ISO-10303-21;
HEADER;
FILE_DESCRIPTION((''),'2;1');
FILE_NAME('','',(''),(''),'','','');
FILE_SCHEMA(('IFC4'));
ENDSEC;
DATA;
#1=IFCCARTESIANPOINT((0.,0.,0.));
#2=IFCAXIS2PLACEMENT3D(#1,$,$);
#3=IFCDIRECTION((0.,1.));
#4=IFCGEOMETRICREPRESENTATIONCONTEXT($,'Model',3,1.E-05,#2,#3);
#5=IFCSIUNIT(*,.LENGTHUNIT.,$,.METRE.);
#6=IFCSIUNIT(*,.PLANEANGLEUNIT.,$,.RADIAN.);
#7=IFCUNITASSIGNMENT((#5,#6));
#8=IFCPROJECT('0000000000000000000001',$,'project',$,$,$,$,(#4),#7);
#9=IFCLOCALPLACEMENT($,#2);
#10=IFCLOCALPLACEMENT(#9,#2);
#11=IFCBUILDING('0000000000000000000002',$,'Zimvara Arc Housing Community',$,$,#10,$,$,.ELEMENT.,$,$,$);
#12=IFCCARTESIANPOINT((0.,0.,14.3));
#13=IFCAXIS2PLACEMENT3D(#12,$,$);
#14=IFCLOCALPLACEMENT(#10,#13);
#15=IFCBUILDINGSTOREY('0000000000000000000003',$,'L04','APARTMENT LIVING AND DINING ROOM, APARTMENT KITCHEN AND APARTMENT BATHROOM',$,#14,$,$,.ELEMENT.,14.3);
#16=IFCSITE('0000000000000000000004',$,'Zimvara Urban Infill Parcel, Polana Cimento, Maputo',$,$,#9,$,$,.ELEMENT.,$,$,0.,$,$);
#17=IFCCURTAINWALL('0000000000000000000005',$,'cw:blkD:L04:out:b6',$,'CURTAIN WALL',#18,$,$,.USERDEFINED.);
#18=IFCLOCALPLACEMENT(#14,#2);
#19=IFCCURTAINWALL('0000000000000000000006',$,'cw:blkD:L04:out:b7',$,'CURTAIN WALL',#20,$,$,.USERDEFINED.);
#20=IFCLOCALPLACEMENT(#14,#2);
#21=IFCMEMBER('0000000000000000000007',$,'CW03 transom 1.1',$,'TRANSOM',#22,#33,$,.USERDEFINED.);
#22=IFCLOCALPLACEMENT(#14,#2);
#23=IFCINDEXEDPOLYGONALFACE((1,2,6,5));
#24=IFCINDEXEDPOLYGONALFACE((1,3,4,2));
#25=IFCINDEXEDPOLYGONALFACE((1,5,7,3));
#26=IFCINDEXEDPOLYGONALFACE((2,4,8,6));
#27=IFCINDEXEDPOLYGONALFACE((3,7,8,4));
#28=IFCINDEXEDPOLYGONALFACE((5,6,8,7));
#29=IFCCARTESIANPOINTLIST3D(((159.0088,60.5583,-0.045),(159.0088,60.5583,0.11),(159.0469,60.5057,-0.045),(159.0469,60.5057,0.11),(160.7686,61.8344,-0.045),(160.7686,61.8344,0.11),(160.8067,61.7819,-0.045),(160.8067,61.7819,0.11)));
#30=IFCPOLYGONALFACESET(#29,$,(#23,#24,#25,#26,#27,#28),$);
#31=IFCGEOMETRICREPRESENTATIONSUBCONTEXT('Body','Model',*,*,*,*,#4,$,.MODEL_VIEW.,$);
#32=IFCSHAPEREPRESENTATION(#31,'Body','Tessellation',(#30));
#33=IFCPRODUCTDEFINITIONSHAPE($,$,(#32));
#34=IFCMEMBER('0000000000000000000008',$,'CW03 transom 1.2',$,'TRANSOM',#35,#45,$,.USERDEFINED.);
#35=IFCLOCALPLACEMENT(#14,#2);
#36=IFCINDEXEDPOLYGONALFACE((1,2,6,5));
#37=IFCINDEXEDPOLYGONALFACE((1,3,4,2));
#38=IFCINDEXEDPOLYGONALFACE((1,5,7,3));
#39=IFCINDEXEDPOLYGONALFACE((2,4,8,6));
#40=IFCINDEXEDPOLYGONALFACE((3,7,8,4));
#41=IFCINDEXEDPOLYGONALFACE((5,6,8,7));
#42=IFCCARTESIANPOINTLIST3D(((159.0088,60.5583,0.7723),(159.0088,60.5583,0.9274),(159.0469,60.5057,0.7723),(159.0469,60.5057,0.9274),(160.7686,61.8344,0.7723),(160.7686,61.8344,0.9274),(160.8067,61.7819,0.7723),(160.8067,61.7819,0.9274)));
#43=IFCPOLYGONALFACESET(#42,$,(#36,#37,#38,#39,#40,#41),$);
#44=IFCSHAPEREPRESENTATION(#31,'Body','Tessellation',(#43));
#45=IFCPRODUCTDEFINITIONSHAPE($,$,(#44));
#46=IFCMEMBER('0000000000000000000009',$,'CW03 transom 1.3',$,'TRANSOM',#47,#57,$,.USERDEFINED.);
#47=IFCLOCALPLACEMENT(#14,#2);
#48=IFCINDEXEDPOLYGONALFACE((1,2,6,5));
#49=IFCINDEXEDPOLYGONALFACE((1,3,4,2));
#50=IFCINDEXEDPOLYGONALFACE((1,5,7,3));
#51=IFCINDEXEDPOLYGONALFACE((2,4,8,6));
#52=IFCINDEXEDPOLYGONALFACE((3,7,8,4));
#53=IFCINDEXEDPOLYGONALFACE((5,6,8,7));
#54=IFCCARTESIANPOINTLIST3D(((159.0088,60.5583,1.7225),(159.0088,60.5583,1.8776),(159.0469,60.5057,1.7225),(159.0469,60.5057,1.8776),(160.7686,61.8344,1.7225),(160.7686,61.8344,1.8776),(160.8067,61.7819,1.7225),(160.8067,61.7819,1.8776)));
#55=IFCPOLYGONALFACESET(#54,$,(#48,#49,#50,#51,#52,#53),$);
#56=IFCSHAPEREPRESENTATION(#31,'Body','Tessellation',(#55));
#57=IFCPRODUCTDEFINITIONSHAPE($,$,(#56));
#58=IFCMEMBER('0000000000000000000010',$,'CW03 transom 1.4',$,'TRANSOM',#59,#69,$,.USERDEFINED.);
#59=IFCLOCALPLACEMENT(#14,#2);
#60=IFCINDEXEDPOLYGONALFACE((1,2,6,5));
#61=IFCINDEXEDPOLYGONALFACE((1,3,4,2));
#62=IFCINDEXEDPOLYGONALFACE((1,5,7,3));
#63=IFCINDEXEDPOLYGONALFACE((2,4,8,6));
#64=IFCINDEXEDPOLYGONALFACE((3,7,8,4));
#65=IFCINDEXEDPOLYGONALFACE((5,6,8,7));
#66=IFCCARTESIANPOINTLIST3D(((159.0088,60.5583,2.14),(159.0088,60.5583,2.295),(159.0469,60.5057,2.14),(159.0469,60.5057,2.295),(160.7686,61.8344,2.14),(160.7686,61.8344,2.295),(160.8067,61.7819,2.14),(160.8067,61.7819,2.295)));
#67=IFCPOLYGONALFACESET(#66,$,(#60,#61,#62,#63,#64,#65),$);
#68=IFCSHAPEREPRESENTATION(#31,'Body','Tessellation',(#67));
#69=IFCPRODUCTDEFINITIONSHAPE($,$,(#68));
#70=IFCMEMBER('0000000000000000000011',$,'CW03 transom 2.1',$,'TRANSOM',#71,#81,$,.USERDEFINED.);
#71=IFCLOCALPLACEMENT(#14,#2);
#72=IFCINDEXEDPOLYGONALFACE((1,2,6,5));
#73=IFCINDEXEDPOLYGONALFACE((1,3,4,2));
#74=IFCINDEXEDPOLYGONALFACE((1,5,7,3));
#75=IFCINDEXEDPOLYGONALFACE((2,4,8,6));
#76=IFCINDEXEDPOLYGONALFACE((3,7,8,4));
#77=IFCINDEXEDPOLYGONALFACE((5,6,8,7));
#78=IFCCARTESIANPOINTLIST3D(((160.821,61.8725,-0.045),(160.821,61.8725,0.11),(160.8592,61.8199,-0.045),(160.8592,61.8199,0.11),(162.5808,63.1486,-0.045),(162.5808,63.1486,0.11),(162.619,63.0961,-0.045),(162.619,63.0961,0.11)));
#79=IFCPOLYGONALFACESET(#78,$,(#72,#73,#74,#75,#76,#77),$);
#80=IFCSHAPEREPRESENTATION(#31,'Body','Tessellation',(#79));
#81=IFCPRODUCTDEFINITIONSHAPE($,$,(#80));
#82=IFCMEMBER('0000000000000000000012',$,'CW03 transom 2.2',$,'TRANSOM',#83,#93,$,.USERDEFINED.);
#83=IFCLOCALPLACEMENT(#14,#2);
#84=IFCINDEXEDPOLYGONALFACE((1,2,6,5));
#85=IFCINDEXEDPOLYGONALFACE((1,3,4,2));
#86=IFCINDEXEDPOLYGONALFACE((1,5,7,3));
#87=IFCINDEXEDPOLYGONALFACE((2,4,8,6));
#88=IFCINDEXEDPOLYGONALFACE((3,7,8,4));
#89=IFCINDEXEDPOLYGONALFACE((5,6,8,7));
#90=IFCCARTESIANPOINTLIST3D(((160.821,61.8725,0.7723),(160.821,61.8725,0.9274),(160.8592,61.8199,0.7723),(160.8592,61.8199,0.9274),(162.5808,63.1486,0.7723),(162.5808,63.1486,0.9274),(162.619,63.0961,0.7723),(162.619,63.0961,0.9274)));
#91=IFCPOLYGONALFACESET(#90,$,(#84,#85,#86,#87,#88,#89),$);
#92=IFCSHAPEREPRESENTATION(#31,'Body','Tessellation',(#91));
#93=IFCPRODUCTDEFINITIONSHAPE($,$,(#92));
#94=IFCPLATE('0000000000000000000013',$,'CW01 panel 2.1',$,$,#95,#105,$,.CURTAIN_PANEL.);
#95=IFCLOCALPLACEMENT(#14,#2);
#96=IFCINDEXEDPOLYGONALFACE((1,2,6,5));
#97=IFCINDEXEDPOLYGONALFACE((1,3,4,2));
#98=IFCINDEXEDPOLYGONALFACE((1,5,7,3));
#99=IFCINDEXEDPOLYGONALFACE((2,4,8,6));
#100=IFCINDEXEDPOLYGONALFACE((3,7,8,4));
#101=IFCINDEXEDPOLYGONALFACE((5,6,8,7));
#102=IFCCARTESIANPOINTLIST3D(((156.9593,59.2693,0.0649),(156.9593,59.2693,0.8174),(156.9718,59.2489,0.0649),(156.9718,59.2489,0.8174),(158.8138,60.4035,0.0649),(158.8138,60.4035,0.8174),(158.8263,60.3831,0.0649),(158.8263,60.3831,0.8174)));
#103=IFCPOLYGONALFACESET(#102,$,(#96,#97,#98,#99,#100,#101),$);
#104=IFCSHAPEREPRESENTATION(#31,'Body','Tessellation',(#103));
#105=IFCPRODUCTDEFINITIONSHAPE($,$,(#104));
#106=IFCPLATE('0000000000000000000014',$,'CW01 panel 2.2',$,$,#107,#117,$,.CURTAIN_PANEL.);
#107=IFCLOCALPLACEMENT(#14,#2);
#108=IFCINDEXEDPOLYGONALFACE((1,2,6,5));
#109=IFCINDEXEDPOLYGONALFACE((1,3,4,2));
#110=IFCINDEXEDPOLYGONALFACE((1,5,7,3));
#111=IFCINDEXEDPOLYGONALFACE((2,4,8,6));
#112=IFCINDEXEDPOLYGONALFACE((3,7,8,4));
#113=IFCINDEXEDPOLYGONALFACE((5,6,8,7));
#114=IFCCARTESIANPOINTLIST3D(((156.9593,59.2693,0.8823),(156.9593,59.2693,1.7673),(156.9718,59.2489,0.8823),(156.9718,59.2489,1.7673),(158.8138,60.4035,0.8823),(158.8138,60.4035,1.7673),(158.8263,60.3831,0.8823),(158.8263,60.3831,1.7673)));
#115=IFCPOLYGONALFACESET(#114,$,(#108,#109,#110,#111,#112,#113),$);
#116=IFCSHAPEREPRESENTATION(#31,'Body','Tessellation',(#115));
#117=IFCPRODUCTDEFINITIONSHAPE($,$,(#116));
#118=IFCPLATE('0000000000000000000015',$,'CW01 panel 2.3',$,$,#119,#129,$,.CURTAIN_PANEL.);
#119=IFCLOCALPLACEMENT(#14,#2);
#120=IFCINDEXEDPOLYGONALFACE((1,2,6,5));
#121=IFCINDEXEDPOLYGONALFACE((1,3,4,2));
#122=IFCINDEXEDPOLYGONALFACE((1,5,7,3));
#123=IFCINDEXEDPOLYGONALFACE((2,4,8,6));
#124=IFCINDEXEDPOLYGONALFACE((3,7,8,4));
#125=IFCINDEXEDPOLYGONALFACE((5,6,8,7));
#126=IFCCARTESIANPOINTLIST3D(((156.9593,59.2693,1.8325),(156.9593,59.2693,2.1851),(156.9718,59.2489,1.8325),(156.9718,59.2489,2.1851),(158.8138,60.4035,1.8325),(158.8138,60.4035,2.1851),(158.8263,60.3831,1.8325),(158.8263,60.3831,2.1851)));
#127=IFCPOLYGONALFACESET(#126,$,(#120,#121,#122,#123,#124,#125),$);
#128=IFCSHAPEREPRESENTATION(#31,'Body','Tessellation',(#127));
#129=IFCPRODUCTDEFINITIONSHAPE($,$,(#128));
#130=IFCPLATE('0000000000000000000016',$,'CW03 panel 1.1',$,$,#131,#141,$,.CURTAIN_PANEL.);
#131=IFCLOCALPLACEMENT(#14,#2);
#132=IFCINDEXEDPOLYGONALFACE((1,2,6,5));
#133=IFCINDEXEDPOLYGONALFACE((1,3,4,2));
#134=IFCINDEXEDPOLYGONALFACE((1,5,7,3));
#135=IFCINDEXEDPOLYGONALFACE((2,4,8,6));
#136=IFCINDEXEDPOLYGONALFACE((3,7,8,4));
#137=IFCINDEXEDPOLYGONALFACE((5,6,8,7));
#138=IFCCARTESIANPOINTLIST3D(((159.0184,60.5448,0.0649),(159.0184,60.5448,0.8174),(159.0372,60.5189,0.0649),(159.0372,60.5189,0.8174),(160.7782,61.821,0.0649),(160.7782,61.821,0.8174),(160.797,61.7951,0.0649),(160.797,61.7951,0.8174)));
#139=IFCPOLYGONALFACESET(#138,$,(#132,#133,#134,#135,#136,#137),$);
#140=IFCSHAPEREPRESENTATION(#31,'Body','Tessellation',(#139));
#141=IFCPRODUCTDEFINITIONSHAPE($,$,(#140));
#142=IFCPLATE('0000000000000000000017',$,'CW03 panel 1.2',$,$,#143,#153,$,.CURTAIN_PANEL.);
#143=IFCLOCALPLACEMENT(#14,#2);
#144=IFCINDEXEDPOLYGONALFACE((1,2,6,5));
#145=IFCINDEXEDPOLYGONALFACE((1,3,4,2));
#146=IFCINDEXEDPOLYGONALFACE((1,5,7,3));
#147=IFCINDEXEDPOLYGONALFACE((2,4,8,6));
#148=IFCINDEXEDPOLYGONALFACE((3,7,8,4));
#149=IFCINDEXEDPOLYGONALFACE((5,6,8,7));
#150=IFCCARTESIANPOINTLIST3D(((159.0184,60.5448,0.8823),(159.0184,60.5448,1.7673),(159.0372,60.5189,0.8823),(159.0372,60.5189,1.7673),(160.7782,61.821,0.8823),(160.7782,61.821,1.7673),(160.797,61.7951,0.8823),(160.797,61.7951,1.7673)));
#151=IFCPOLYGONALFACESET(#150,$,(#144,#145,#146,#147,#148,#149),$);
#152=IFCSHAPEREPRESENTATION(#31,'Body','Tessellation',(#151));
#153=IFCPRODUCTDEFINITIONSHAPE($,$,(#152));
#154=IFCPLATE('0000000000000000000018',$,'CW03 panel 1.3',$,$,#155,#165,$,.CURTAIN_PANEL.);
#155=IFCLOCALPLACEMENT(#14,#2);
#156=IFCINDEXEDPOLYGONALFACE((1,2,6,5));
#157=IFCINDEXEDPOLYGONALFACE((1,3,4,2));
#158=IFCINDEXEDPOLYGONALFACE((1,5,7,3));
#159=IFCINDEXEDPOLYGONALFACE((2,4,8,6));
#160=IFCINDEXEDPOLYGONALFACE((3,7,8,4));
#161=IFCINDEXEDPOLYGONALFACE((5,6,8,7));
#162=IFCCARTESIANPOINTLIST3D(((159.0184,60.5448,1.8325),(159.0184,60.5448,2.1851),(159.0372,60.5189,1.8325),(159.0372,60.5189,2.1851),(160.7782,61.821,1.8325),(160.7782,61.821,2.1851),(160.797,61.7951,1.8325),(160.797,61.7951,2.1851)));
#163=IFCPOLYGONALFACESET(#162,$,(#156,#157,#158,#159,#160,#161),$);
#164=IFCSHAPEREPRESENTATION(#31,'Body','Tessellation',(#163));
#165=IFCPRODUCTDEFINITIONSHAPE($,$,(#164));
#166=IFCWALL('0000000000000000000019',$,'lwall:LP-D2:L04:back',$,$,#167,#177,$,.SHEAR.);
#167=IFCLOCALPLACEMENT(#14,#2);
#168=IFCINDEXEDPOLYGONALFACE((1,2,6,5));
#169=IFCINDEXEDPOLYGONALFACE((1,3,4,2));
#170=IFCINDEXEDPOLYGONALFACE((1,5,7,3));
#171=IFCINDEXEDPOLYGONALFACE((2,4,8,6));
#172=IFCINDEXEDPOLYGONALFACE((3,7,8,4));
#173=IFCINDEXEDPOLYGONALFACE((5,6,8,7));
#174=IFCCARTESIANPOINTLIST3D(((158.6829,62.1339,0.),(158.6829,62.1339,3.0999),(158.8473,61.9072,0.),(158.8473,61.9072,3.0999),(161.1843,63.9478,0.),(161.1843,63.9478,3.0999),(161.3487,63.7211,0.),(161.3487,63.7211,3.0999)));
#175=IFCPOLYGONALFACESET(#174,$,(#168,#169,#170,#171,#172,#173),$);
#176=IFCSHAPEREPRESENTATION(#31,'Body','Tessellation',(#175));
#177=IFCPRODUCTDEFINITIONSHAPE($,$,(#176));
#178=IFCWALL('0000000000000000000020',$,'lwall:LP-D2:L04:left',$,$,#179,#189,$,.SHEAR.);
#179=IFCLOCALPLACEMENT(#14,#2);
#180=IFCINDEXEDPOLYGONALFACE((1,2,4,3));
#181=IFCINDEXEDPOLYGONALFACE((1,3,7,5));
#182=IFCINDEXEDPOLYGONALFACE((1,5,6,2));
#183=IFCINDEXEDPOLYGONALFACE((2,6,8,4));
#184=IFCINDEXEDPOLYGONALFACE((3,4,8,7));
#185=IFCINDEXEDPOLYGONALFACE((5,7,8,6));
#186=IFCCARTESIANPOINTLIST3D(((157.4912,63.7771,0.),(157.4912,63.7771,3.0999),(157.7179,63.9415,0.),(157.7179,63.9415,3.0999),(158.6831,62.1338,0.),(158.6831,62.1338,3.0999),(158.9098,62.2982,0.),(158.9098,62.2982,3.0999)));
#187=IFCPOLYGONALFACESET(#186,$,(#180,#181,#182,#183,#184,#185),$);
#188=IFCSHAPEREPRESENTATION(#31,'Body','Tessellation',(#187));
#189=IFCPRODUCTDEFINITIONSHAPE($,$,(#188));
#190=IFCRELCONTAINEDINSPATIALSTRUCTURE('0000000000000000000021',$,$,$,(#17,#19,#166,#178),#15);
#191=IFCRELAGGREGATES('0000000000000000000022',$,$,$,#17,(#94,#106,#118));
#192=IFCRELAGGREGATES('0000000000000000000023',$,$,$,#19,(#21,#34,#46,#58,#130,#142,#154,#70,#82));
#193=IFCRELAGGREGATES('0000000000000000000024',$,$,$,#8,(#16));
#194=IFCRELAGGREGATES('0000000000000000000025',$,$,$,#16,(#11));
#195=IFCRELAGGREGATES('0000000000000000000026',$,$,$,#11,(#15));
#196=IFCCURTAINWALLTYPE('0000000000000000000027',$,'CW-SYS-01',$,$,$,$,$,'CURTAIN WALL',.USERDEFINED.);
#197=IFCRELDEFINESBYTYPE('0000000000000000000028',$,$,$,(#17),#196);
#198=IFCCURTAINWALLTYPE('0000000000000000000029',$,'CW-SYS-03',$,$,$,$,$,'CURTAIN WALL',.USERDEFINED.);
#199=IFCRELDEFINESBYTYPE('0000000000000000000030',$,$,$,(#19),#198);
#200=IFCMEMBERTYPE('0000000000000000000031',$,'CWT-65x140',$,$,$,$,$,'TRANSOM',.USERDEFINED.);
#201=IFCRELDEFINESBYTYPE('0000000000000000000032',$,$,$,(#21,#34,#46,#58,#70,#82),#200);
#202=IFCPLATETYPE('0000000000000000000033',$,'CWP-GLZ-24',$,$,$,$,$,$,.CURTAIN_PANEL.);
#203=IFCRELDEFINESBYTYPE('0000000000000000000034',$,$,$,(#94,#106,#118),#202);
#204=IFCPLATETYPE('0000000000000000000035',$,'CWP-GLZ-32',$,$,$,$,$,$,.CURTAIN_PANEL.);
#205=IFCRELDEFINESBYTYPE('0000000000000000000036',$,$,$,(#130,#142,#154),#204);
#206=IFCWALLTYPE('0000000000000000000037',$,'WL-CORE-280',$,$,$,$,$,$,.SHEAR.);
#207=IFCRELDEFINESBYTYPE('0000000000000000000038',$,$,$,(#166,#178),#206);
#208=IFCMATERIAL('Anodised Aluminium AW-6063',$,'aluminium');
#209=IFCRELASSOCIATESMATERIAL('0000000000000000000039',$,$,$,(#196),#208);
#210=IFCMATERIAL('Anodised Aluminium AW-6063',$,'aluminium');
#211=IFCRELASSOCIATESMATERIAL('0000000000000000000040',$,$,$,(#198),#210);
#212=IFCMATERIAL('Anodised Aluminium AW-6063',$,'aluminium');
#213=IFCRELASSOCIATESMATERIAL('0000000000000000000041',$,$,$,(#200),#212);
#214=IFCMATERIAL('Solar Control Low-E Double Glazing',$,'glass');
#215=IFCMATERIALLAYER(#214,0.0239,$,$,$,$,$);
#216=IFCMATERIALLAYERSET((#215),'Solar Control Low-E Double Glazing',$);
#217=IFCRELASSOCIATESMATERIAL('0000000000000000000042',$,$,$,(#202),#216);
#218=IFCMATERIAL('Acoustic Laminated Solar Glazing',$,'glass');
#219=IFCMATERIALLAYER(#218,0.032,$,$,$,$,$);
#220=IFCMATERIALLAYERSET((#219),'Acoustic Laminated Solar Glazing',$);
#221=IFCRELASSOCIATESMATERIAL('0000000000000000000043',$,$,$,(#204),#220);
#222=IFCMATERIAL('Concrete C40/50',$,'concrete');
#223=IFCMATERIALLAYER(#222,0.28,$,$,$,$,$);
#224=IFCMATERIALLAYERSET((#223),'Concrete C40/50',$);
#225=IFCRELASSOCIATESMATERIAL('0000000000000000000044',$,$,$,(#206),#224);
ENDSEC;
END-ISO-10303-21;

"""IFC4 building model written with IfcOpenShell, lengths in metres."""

from ifc_helpers import new_model, si_unit, direction, frame, frame_2d, origin, origin_2d, place, context, subcontext, project, spatial, rectangle, extrude, material, layer, layer_set, material_profile, profile_set, type_object, element, aggregate, save


model = new_model("IFC4")

# Units and contexts
model_context = context("Model", 3, precision=1e-05, world=origin(), true_north=direction((0.0, 1.0)))
body_context = subcontext(model_context, "Body", "Model", "MODEL_VIEW")
ifc_project = project(units=[si_unit("LENGTHUNIT", "METRE"), si_unit("PLANEANGLEUNIT", "RADIAN")], contexts=[model_context])

# Site, building, storey
site_placement = place(None, origin())
site = spatial("IfcSite", under=ifc_project, at=site_placement, Name="Zimvara Urban Infill Parcel, Polana Cimento, Maputo", CompositionType="ELEMENT", RefElevation=0.0)
building_placement = place(site_placement, origin())
building = spatial("IfcBuilding", under=site, at=building_placement, Name="Zimvara Arc Housing Community", CompositionType="ELEMENT")
storey_placement = place(building_placement, frame((0.0, 0.0, 14.3)))
storey = spatial("IfcBuildingStorey", under=building, at=storey_placement, Name="L04", Description="APARTMENT LIVING AND DINING ROOM, APARTMENT KITCHEN AND APARTMENT BATHROOM", CompositionType="ELEMENT", Elevation=14.3)

# Curtain walls
ifc_material_1 = material(Name="Anodised Aluminium AW-6063", Category="aluminium")
curtain_wall_type_1 = type_object("IfcCurtainWallType", Name="CW-SYS-01", ElementType="CURTAIN WALL", PredefinedType="USERDEFINED", material=ifc_material_1)
curtain_wall_1_placement = place(storey_placement, origin())
curtain_wall_1 = element("IfcCurtainWall", 1, at=curtain_wall_1_placement, inside=storey, type_object=curtain_wall_type_1, Name="cw:blkD:L04:out:b6", ObjectType="CURTAIN WALL", PredefinedType="USERDEFINED")
ifc_material_2 = material(Name="Anodised Aluminium AW-6063", Category="aluminium")
curtain_wall_type_2 = type_object("IfcCurtainWallType", Name="CW-SYS-03", ElementType="CURTAIN WALL", PredefinedType="USERDEFINED", material=ifc_material_2)
curtain_wall_2_placement = place(storey_placement, origin())
curtain_wall_2 = element("IfcCurtainWall", 2, at=curtain_wall_2_placement, inside=storey, type_object=curtain_wall_type_2, Name="cw:blkD:L04:out:b7", ObjectType="CURTAIN WALL", PredefinedType="USERDEFINED")

# Members
ifc_material_3 = material(Name="Anodised Aluminium AW-6063", Category="aluminium")
ifc_material_profile_1 = material_profile(ifc_material_3, rectangle(XDim=0.0649, YDim=0.155, at=origin_2d()), Name="ALU 65x155")
ifc_profile_set_1 = profile_set([ifc_material_profile_1], Name="Anodised Aluminium AW-6063")
member_type_1 = type_object("IfcMemberType", Name="CWT-65x140", ElementType="TRANSOM", PredefinedType="USERDEFINED", material=ifc_profile_set_1)
member_1_placement = place(storey_placement, frame((159.0278, 60.532, 0.0325), z_axis=(0.809546, 0.587056, 0.0), x_axis=(-0.587056, 0.809546, 0.0)))
member_1 = element("IfcMember", 3, at=member_1_placement, type_object=member_type_1, Name="CW03 transom 1.1", ObjectType="TRANSOM", PredefinedType="USERDEFINED", context=body_context, shape_type="SweptSolid", body=[
    extrude(rectangle(XDim=0.0649, YDim=0.155, at=origin_2d()), origin(), (0.0, 0.0, 1.0), 2.1738),
])
member_2_placement = place(storey_placement, frame((159.0278, 60.532, 0.8499), z_axis=(0.809546, 0.587056, 0.0), x_axis=(-0.587056, 0.809546, 0.0)))
member_2 = element("IfcMember", 4, at=member_2_placement, type_object=member_type_1, Name="CW03 transom 1.2", ObjectType="TRANSOM", PredefinedType="USERDEFINED", context=body_context, shape_type="SweptSolid", body=[
    extrude(rectangle(XDim=0.0649, YDim=0.155, at=origin_2d()), origin(), (0.0, 0.0, 1.0), 2.1738),
])
member_3_placement = place(storey_placement, frame((159.0278, 60.532, 1.8), z_axis=(0.809546, 0.587056, 0.0), x_axis=(-0.587056, 0.809546, 0.0)))
member_3 = element("IfcMember", 5, at=member_3_placement, type_object=member_type_1, Name="CW03 transom 1.3", ObjectType="TRANSOM", PredefinedType="USERDEFINED", context=body_context, shape_type="SweptSolid", body=[
    extrude(rectangle(XDim=0.0649, YDim=0.155, at=origin_2d()), origin(), (0.0, 0.0, 1.0), 2.1738),
])
member_4_placement = place(storey_placement, frame((159.0278, 60.532, 2.2175), z_axis=(0.809546, 0.587056, 0.0), x_axis=(-0.587056, 0.809546, 0.0)))
member_4 = element("IfcMember", 6, at=member_4_placement, type_object=member_type_1, Name="CW03 transom 1.4", ObjectType="TRANSOM", PredefinedType="USERDEFINED", context=body_context, shape_type="SweptSolid", body=[
    extrude(rectangle(XDim=0.0649, YDim=0.155, at=origin_2d()), origin(), (0.0, 0.0, 1.0), 2.1738),
])
member_5_placement = place(storey_placement, frame((160.8401, 61.8462, 0.0325), z_axis=(0.809546, 0.587056, 0.0), x_axis=(-0.587056, 0.809546, 0.0)))
member_5 = element("IfcMember", 7, at=member_5_placement, type_object=member_type_1, Name="CW03 transom 2.1", ObjectType="TRANSOM", PredefinedType="USERDEFINED", context=body_context, shape_type="SweptSolid", body=[
    extrude(rectangle(XDim=0.0649, YDim=0.155, at=origin_2d()), origin(), (0.0, 0.0, 1.0), 2.1738),
])
member_6_placement = place(storey_placement, frame((160.8401, 61.8462, 0.8499), z_axis=(0.809546, 0.587056, 0.0), x_axis=(-0.587056, 0.809546, 0.0)))
member_6 = element("IfcMember", 8, at=member_6_placement, type_object=member_type_1, Name="CW03 transom 2.2", ObjectType="TRANSOM", PredefinedType="USERDEFINED", context=body_context, shape_type="SweptSolid", body=[
    extrude(rectangle(XDim=0.0649, YDim=0.155, at=origin_2d()), origin(), (0.0, 0.0, 1.0), 2.1738),
])

# Plates
ifc_material_4 = material(Name="Solar Control Low-E Double Glazing", Category="glass")
ifc_layer_1 = layer(ifc_material_4, 0.0239)
ifc_layer_set_1 = layer_set([ifc_layer_1], Name="Solar Control Low-E Double Glazing")
plate_type_1 = type_object("IfcPlateType", Name="CWP-GLZ-24", PredefinedType="CURTAIN_PANEL", material=ifc_layer_set_1)
plate_1_placement = place(storey_placement, frame((157.8928, 59.8262, 0.0649), z_axis=(0.0, 0.0, 1.0), x_axis=(0.853096, 0.521754, 0.0)))
plate_1 = element("IfcPlate", 9, at=plate_1_placement, type_object=plate_type_1, Name="CW01 panel 2.1", PredefinedType="CURTAIN_PANEL", context=body_context, shape_type="SweptSolid", body=[
    extrude(rectangle(XDim=2.1738, YDim=0.0239, at=origin_2d()), origin(), (0.0, 0.0, 1.0), 0.7524),
])
plate_2_placement = place(storey_placement, frame((157.8928, 59.8262, 0.8823), z_axis=(0.0, 0.0, 1.0), x_axis=(0.853096, 0.521754, 0.0)))
plate_2 = element("IfcPlate", 10, at=plate_2_placement, type_object=plate_type_1, Name="CW01 panel 2.2", PredefinedType="CURTAIN_PANEL", context=body_context, shape_type="SweptSolid", body=[
    extrude(rectangle(XDim=2.1738, YDim=0.0239, at=origin_2d()), origin(), (0.0, 0.0, 1.0), 0.885),
])
plate_3_placement = place(storey_placement, frame((157.8928, 59.8262, 1.8325), z_axis=(0.0, 0.0, 1.0), x_axis=(0.853096, 0.521754, 0.0)))
plate_3 = element("IfcPlate", 11, at=plate_3_placement, type_object=plate_type_1, Name="CW01 panel 2.3", PredefinedType="CURTAIN_PANEL", context=body_context, shape_type="SweptSolid", body=[
    extrude(rectangle(XDim=2.1738, YDim=0.0239, at=origin_2d()), origin(), (0.0, 0.0, 1.0), 0.3525),
])
aggregate(curtain_wall_1, [plate_1, plate_2, plate_3])
ifc_material_5 = material(Name="Acoustic Laminated Solar Glazing", Category="glass")
ifc_layer_2 = layer(ifc_material_5, 0.032)
ifc_layer_set_2 = layer_set([ifc_layer_2], Name="Acoustic Laminated Solar Glazing")
plate_type_2 = type_object("IfcPlateType", Name="CWP-GLZ-32", PredefinedType="CURTAIN_PANEL", material=ifc_layer_set_2)
plate_4_placement = place(storey_placement, frame((159.9077, 61.1699, 0.0649), z_axis=(0.0, 0.0, 1.0), x_axis=(0.80953, 0.587078, 0.0)))
plate_4 = element("IfcPlate", 12, at=plate_4_placement, type_object=plate_type_2, Name="CW03 panel 1.1", PredefinedType="CURTAIN_PANEL", context=body_context, shape_type="SweptSolid", body=[
    extrude(rectangle(XDim=2.1738, YDim=0.032, at=origin_2d()), origin(), (0.0, 0.0, 1.0), 0.7524),
])
plate_5_placement = place(storey_placement, frame((159.9077, 61.1699, 0.8823), z_axis=(0.0, 0.0, 1.0), x_axis=(0.80953, 0.587078, 0.0)))
plate_5 = element("IfcPlate", 13, at=plate_5_placement, type_object=plate_type_2, Name="CW03 panel 1.2", PredefinedType="CURTAIN_PANEL", context=body_context, shape_type="SweptSolid", body=[
    extrude(rectangle(XDim=2.1738, YDim=0.032, at=origin_2d()), origin(), (0.0, 0.0, 1.0), 0.885),
])
plate_6_placement = place(storey_placement, frame((159.9077, 61.1699, 1.8325), z_axis=(0.0, 0.0, 1.0), x_axis=(0.80953, 0.587078, 0.0)))
plate_6 = element("IfcPlate", 14, at=plate_6_placement, type_object=plate_type_2, Name="CW03 panel 1.3", PredefinedType="CURTAIN_PANEL", context=body_context, shape_type="SweptSolid", body=[
    extrude(rectangle(XDim=2.1738, YDim=0.032, at=origin_2d()), origin(), (0.0, 0.0, 1.0), 0.3525),
])
aggregate(curtain_wall_2, [member_1, member_2, member_3, member_4, plate_4, plate_5, plate_6, member_5, member_6])

# Shared definitions
ifc_material_6 = material(Name="Concrete C40/50", Category="concrete")
ifc_layer_3 = layer(ifc_material_6, 0.28)
ifc_layer_set_3 = layer_set([ifc_layer_3], Name="Concrete C40/50")
wall_type = type_object("IfcWallType", Name="WL-CORE-280", PredefinedType="SHEAR", material=ifc_layer_set_3)

# Walls
wall_1_placement = place(storey_placement, frame((158.7651, 62.0205, 0.0), z_axis=(0.0, 0.0, 1.0), x_axis=(0.809548, 0.587053, 0.0)))
element("IfcWall", 15, at=wall_1_placement, inside=storey, type_object=wall_type, Name="lwall:LP-D2:L04:back", PredefinedType="SHEAR", context=body_context, shape_type="SweptSolid", body=[
    extrude(rectangle(XDim=3.0898, YDim=0.28, at=frame_2d((1.5449, 0.0))), origin(), (0.0, 0.0, 1.0), 3.0999),
])
wall_2_placement = place(storey_placement, frame((157.6045, 63.8594, 0.0), z_axis=(0.0, 0.0, 1.0), x_axis=(0.587127, -0.809495, 0.0)))
element("IfcWall", 16, at=wall_2_placement, inside=storey, type_object=wall_type, Name="lwall:LP-D2:L04:left", PredefinedType="SHEAR", context=body_context, shape_type="SweptSolid", body=[
    extrude(rectangle(XDim=2.03, YDim=0.28, at=frame_2d((1.0151, 0.0))), origin(), (0.0, 0.0, 1.0), 3.0999),
])

save(model, "model.ifc")
